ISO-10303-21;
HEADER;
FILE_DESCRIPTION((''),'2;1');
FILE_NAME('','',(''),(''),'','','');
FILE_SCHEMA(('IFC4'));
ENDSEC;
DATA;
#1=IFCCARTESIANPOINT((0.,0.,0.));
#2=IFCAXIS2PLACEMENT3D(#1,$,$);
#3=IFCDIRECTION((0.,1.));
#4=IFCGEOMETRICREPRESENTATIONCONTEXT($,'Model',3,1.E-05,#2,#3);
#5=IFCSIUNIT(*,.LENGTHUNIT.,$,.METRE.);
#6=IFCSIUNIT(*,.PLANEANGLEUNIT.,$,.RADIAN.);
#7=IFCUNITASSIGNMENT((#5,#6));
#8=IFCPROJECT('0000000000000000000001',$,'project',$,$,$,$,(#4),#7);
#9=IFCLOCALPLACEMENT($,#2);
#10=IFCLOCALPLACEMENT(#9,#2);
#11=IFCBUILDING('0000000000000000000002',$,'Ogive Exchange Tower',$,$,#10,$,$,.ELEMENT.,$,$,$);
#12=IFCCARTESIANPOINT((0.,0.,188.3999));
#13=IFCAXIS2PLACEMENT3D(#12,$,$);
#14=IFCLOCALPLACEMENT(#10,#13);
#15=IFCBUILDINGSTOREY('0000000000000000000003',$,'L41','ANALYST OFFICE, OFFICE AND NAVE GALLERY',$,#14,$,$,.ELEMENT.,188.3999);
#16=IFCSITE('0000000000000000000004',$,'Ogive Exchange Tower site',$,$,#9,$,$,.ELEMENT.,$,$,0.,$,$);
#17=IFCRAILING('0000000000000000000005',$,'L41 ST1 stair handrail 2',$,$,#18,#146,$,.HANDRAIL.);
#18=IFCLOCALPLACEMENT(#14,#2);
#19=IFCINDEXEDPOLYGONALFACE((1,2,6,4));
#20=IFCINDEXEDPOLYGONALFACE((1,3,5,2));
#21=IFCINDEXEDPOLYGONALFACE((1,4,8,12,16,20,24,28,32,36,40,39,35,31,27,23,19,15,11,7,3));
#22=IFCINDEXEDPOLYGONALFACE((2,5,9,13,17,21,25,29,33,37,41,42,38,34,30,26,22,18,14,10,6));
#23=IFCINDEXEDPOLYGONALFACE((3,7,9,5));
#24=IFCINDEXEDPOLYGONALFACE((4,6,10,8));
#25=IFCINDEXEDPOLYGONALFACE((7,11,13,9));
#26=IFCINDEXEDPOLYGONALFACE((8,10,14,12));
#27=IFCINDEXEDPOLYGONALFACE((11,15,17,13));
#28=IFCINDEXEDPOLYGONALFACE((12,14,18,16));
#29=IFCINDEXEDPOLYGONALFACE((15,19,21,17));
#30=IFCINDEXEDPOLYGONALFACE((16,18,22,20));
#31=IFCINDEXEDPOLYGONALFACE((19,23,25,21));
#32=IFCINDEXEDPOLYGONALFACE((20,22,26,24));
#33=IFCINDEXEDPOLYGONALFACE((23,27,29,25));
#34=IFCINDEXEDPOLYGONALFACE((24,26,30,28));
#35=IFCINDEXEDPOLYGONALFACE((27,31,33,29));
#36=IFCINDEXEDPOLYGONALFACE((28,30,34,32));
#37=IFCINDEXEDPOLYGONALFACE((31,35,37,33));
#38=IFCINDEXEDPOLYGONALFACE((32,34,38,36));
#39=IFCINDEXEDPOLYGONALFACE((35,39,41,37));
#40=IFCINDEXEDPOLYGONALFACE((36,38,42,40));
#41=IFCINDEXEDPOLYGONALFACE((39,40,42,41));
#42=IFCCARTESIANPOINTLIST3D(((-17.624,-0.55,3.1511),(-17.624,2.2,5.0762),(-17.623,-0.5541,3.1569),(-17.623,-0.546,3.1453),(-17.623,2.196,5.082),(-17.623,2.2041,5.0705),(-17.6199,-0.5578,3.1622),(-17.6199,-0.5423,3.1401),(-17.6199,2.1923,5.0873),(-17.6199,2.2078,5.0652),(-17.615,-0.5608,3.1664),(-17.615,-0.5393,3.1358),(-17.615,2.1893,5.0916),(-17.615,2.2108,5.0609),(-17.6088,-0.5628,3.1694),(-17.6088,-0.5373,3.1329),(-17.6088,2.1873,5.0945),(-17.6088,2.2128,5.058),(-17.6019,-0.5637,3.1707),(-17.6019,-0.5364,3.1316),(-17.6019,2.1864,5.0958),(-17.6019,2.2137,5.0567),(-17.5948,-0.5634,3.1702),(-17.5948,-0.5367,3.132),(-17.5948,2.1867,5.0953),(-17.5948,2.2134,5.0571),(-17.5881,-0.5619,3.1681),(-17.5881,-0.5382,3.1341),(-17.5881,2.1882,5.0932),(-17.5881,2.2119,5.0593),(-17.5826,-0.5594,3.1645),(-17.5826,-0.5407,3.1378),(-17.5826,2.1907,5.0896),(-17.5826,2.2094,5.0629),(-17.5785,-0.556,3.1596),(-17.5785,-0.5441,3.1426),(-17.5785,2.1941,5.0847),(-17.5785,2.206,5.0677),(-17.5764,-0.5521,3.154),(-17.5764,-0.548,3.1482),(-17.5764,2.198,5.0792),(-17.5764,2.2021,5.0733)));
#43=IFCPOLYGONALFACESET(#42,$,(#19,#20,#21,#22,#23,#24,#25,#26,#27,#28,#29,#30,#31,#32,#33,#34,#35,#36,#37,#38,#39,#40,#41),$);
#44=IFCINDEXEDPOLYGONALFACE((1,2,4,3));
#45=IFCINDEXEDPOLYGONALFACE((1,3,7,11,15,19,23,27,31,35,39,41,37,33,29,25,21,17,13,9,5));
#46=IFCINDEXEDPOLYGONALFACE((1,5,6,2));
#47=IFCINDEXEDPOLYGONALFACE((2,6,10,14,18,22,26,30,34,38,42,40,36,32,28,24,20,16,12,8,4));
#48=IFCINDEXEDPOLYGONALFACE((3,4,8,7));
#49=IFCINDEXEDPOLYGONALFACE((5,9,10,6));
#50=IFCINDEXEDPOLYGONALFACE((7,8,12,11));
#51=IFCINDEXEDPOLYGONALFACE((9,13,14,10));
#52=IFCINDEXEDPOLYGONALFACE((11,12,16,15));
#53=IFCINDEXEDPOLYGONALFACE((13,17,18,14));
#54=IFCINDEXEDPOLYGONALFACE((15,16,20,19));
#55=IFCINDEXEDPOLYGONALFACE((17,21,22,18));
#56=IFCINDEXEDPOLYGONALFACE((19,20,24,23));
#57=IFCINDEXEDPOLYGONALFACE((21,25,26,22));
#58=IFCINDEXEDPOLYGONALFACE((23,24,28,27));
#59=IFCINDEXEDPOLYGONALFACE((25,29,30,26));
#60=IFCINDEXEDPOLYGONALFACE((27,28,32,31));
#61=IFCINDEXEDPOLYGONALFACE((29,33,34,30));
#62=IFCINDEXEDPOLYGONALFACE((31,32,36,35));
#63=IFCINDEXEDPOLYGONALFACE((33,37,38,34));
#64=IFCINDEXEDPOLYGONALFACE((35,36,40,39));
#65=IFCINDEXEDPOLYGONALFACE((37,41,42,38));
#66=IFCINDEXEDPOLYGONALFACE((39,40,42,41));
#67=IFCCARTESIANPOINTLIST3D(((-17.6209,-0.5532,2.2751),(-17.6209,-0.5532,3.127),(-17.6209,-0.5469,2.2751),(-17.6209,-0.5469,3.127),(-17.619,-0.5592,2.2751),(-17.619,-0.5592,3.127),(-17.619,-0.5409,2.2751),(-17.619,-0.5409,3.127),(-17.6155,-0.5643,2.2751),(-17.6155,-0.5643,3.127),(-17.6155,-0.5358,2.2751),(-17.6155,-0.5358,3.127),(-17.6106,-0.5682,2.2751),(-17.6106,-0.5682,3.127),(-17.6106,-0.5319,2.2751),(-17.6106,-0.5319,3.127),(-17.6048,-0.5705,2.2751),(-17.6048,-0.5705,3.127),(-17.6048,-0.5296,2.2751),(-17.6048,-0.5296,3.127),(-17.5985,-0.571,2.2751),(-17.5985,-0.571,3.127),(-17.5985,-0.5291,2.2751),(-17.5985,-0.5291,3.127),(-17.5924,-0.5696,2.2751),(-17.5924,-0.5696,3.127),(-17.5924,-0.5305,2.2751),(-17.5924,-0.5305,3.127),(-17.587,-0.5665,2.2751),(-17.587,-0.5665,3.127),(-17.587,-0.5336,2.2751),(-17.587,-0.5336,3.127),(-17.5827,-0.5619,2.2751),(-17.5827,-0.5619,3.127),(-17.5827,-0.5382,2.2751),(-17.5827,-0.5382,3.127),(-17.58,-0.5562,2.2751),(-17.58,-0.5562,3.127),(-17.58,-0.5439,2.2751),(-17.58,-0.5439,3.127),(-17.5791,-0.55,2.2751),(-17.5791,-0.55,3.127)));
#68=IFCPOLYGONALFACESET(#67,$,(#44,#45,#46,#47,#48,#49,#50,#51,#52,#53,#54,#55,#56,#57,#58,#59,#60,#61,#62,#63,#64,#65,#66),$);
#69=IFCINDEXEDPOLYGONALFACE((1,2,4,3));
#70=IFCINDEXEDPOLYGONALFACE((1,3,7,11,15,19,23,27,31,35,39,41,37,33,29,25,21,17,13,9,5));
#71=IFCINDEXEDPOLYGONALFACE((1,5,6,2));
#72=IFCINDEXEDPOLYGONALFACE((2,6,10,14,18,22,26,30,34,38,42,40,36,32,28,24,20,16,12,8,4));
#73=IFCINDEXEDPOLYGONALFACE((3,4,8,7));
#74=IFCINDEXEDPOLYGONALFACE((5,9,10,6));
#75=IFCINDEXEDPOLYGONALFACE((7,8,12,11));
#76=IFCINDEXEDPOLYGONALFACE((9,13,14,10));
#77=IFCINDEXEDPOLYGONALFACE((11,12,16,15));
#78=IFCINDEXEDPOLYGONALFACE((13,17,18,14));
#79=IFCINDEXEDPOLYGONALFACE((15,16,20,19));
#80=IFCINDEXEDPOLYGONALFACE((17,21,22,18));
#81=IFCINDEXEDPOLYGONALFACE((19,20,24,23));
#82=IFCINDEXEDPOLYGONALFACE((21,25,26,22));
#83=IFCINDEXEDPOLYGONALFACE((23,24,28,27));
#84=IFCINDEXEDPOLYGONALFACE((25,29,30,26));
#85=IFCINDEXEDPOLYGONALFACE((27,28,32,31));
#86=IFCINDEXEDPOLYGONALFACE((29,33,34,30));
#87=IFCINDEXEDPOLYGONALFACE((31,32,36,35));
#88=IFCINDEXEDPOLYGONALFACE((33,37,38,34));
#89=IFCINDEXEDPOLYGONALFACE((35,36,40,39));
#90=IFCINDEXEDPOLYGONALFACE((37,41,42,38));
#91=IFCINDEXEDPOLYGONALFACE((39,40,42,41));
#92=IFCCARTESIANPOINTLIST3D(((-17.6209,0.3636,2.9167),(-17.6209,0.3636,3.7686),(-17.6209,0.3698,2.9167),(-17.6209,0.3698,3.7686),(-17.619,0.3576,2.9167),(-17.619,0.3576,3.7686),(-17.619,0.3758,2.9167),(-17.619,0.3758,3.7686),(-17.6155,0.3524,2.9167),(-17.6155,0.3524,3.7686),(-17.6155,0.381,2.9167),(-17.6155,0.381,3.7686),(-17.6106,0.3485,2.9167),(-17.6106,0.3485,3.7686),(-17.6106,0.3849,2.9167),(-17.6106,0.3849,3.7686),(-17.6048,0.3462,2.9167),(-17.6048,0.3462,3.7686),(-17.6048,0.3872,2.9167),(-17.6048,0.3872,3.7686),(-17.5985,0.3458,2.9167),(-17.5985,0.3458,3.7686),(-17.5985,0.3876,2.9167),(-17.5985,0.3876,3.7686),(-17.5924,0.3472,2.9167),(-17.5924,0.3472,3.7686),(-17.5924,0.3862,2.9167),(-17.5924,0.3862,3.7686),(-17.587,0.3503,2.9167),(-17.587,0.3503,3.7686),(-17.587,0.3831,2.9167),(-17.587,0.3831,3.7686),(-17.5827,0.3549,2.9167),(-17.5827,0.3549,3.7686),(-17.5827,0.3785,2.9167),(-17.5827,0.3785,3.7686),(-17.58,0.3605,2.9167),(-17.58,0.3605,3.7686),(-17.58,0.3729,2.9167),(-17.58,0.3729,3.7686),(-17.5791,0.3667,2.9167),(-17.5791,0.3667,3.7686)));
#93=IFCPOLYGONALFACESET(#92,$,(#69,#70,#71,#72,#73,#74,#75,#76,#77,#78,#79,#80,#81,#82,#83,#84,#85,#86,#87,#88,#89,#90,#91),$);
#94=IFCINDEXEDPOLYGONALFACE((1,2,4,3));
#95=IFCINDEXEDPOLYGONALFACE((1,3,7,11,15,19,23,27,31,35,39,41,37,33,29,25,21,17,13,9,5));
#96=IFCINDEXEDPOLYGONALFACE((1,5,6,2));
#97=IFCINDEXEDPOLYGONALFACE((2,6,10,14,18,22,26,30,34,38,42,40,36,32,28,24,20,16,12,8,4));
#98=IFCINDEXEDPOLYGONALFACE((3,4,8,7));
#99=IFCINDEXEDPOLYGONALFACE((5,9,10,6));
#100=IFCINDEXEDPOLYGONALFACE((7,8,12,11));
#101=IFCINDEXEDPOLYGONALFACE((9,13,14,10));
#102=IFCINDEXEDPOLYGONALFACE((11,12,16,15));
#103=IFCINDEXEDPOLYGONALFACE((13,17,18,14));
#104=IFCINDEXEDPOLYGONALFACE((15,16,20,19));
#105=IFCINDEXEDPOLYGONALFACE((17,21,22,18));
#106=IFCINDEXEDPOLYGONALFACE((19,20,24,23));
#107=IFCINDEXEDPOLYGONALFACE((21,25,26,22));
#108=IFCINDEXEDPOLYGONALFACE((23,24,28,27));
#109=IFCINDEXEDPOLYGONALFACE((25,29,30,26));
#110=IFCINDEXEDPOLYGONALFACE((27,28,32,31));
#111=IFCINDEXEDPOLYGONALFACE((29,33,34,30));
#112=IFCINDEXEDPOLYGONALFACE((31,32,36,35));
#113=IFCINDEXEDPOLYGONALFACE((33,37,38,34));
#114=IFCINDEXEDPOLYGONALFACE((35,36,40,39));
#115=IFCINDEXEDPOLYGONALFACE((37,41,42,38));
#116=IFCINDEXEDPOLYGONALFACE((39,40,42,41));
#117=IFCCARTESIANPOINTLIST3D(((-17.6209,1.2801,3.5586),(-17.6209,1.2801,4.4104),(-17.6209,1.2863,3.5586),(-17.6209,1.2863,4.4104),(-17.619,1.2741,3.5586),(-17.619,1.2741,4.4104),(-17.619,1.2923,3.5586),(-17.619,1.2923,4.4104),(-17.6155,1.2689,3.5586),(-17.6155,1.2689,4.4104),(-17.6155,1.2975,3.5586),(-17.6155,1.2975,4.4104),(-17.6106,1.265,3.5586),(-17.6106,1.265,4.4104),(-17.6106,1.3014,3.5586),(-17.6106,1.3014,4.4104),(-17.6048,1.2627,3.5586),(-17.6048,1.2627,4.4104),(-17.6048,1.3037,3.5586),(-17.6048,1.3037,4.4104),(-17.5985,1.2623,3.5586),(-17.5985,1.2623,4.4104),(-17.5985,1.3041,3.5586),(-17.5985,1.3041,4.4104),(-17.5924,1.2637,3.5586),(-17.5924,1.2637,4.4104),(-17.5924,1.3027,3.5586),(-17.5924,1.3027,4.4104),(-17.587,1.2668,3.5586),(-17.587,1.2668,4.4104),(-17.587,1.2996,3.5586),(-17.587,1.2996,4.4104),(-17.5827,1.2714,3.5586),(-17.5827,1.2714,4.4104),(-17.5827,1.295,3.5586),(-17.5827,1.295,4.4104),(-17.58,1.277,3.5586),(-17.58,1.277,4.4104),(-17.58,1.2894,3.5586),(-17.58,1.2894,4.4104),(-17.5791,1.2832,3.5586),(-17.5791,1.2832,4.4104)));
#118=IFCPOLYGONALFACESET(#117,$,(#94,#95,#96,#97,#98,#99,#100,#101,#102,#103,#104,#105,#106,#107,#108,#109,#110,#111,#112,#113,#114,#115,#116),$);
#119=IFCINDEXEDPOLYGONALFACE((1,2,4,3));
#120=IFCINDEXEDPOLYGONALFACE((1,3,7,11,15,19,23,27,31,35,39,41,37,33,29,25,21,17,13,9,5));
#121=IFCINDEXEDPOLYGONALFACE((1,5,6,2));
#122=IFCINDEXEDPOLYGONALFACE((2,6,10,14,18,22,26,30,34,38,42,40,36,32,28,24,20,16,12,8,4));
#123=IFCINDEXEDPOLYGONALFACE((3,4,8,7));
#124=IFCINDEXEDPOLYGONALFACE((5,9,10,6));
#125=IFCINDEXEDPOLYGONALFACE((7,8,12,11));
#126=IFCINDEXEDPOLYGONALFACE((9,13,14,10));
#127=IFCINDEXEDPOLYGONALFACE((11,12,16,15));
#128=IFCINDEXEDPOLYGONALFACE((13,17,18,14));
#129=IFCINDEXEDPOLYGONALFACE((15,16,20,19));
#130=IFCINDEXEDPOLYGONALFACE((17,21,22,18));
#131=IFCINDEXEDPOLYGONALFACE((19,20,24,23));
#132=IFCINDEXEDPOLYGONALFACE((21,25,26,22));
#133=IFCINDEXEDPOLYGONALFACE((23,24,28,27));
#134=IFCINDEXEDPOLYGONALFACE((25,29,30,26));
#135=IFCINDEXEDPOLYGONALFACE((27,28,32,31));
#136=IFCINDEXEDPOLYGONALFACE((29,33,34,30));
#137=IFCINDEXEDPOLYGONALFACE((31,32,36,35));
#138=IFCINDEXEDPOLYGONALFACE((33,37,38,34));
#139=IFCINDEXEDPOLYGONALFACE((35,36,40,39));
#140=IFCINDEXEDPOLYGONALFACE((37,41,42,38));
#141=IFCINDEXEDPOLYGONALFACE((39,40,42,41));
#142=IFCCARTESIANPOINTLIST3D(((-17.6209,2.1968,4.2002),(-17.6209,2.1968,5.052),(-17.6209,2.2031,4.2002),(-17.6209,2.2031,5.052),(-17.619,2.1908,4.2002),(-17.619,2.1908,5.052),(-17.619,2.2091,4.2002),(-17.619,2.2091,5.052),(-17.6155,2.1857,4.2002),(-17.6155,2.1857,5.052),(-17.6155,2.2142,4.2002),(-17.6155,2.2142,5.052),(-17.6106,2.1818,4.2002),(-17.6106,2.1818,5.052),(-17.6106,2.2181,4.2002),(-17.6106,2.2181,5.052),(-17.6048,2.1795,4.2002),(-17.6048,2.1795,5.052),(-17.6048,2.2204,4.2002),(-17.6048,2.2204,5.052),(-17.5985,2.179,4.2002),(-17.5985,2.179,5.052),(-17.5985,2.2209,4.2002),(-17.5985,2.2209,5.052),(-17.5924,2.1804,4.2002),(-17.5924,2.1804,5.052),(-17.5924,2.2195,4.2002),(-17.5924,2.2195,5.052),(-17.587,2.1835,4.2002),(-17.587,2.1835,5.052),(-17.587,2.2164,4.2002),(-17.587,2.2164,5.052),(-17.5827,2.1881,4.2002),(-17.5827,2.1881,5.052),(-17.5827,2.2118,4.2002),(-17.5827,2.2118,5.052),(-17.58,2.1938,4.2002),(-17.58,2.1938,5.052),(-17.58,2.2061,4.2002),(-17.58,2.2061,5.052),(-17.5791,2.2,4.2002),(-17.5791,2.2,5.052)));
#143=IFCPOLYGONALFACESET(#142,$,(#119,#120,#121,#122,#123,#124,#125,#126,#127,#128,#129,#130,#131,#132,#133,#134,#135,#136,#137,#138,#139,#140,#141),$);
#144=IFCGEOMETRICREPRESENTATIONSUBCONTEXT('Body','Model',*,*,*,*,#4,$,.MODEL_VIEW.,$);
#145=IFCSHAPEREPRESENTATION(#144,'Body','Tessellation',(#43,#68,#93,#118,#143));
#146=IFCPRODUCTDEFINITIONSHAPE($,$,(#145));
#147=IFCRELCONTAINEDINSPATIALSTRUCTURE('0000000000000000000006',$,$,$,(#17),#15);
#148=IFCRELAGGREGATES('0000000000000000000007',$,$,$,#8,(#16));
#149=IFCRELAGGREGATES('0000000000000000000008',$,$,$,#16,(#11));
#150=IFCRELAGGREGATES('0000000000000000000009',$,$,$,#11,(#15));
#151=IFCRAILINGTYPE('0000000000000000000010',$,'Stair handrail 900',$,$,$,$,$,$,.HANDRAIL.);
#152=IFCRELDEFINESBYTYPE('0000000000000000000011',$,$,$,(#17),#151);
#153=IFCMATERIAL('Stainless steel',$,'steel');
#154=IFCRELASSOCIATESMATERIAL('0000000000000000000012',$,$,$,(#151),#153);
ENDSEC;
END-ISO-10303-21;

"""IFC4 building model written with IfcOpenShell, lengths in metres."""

from ifc_helpers import new_model, si_unit, direction, frame, origin, origin_2d, place, context, subcontext, project, spatial, circle, extrude, material, type_object, element, save


model = new_model("IFC4")

# Units and contexts
model_context = context("Model", 3, precision=1e-05, world=origin(), true_north=direction((0.0, 1.0)))
body_context = subcontext(model_context, "Body", "Model", "MODEL_VIEW")
ifc_project = project(units=[si_unit("LENGTHUNIT", "METRE"), si_unit("PLANEANGLEUNIT", "RADIAN")], contexts=[model_context])

# Site, building, storey
site_placement = place(None, origin())
site = spatial("IfcSite", under=ifc_project, at=site_placement, Name="Ogive Exchange Tower site", CompositionType="ELEMENT", RefElevation=0.0)
building_placement = place(site_placement, origin())
building = spatial("IfcBuilding", under=site, at=building_placement, Name="Ogive Exchange Tower", CompositionType="ELEMENT")
storey_placement = place(building_placement, frame((0.0, 0.0, 188.3999)))
storey = spatial("IfcBuildingStorey", under=building, at=storey_placement, Name="L41", Description="ANALYST OFFICE, OFFICE AND NAVE GALLERY", CompositionType="ELEMENT", Elevation=188.3999)

# Shared definitions
ifc_material_1 = material(Name="Stainless steel", Category="steel")

# Railing
railing_type = type_object("IfcRailingType", Name="Stair handrail 900", PredefinedType="HANDRAIL", material=ifc_material_1)
railing_placement = place(storey_placement, frame((-17.6001, -0.55, 2.2751)))
element("IfcRailing", 1, at=railing_placement, inside=storey, type_object=railing_type, Name="L41 ST1 stair handrail 2", PredefinedType="HANDRAIL", context=body_context, shape_type="SweptSolid", body=[
    extrude(circle(Radius=0.0239, at=origin_2d()), frame((0.0, 0.0, 0.876), z_axis=(0.0, 0.819225, 0.573472), x_axis=(-1.0, 0.0, 0.0)), (0.0, 0.0, 1.0), 3.3569),
    extrude(circle(Radius=0.021, at=origin_2d()), origin(), (0.0, 0.0, 1.0), 0.8518),
    extrude(circle(Radius=0.021, at=origin_2d()), frame((0.0, 0.9167, 0.6416)), (0.0, 0.0, 1.0), 0.8518),
    extrude(circle(Radius=0.021, at=origin_2d()), frame((0.0, 1.8333, 1.2834)), (0.0, 0.0, 1.0), 0.8518),
    extrude(circle(Radius=0.021, at=origin_2d()), frame((0.0, 2.75, 1.925)), (0.0, 0.0, 1.0), 0.8518),
])

save(model, "model.ifc")
